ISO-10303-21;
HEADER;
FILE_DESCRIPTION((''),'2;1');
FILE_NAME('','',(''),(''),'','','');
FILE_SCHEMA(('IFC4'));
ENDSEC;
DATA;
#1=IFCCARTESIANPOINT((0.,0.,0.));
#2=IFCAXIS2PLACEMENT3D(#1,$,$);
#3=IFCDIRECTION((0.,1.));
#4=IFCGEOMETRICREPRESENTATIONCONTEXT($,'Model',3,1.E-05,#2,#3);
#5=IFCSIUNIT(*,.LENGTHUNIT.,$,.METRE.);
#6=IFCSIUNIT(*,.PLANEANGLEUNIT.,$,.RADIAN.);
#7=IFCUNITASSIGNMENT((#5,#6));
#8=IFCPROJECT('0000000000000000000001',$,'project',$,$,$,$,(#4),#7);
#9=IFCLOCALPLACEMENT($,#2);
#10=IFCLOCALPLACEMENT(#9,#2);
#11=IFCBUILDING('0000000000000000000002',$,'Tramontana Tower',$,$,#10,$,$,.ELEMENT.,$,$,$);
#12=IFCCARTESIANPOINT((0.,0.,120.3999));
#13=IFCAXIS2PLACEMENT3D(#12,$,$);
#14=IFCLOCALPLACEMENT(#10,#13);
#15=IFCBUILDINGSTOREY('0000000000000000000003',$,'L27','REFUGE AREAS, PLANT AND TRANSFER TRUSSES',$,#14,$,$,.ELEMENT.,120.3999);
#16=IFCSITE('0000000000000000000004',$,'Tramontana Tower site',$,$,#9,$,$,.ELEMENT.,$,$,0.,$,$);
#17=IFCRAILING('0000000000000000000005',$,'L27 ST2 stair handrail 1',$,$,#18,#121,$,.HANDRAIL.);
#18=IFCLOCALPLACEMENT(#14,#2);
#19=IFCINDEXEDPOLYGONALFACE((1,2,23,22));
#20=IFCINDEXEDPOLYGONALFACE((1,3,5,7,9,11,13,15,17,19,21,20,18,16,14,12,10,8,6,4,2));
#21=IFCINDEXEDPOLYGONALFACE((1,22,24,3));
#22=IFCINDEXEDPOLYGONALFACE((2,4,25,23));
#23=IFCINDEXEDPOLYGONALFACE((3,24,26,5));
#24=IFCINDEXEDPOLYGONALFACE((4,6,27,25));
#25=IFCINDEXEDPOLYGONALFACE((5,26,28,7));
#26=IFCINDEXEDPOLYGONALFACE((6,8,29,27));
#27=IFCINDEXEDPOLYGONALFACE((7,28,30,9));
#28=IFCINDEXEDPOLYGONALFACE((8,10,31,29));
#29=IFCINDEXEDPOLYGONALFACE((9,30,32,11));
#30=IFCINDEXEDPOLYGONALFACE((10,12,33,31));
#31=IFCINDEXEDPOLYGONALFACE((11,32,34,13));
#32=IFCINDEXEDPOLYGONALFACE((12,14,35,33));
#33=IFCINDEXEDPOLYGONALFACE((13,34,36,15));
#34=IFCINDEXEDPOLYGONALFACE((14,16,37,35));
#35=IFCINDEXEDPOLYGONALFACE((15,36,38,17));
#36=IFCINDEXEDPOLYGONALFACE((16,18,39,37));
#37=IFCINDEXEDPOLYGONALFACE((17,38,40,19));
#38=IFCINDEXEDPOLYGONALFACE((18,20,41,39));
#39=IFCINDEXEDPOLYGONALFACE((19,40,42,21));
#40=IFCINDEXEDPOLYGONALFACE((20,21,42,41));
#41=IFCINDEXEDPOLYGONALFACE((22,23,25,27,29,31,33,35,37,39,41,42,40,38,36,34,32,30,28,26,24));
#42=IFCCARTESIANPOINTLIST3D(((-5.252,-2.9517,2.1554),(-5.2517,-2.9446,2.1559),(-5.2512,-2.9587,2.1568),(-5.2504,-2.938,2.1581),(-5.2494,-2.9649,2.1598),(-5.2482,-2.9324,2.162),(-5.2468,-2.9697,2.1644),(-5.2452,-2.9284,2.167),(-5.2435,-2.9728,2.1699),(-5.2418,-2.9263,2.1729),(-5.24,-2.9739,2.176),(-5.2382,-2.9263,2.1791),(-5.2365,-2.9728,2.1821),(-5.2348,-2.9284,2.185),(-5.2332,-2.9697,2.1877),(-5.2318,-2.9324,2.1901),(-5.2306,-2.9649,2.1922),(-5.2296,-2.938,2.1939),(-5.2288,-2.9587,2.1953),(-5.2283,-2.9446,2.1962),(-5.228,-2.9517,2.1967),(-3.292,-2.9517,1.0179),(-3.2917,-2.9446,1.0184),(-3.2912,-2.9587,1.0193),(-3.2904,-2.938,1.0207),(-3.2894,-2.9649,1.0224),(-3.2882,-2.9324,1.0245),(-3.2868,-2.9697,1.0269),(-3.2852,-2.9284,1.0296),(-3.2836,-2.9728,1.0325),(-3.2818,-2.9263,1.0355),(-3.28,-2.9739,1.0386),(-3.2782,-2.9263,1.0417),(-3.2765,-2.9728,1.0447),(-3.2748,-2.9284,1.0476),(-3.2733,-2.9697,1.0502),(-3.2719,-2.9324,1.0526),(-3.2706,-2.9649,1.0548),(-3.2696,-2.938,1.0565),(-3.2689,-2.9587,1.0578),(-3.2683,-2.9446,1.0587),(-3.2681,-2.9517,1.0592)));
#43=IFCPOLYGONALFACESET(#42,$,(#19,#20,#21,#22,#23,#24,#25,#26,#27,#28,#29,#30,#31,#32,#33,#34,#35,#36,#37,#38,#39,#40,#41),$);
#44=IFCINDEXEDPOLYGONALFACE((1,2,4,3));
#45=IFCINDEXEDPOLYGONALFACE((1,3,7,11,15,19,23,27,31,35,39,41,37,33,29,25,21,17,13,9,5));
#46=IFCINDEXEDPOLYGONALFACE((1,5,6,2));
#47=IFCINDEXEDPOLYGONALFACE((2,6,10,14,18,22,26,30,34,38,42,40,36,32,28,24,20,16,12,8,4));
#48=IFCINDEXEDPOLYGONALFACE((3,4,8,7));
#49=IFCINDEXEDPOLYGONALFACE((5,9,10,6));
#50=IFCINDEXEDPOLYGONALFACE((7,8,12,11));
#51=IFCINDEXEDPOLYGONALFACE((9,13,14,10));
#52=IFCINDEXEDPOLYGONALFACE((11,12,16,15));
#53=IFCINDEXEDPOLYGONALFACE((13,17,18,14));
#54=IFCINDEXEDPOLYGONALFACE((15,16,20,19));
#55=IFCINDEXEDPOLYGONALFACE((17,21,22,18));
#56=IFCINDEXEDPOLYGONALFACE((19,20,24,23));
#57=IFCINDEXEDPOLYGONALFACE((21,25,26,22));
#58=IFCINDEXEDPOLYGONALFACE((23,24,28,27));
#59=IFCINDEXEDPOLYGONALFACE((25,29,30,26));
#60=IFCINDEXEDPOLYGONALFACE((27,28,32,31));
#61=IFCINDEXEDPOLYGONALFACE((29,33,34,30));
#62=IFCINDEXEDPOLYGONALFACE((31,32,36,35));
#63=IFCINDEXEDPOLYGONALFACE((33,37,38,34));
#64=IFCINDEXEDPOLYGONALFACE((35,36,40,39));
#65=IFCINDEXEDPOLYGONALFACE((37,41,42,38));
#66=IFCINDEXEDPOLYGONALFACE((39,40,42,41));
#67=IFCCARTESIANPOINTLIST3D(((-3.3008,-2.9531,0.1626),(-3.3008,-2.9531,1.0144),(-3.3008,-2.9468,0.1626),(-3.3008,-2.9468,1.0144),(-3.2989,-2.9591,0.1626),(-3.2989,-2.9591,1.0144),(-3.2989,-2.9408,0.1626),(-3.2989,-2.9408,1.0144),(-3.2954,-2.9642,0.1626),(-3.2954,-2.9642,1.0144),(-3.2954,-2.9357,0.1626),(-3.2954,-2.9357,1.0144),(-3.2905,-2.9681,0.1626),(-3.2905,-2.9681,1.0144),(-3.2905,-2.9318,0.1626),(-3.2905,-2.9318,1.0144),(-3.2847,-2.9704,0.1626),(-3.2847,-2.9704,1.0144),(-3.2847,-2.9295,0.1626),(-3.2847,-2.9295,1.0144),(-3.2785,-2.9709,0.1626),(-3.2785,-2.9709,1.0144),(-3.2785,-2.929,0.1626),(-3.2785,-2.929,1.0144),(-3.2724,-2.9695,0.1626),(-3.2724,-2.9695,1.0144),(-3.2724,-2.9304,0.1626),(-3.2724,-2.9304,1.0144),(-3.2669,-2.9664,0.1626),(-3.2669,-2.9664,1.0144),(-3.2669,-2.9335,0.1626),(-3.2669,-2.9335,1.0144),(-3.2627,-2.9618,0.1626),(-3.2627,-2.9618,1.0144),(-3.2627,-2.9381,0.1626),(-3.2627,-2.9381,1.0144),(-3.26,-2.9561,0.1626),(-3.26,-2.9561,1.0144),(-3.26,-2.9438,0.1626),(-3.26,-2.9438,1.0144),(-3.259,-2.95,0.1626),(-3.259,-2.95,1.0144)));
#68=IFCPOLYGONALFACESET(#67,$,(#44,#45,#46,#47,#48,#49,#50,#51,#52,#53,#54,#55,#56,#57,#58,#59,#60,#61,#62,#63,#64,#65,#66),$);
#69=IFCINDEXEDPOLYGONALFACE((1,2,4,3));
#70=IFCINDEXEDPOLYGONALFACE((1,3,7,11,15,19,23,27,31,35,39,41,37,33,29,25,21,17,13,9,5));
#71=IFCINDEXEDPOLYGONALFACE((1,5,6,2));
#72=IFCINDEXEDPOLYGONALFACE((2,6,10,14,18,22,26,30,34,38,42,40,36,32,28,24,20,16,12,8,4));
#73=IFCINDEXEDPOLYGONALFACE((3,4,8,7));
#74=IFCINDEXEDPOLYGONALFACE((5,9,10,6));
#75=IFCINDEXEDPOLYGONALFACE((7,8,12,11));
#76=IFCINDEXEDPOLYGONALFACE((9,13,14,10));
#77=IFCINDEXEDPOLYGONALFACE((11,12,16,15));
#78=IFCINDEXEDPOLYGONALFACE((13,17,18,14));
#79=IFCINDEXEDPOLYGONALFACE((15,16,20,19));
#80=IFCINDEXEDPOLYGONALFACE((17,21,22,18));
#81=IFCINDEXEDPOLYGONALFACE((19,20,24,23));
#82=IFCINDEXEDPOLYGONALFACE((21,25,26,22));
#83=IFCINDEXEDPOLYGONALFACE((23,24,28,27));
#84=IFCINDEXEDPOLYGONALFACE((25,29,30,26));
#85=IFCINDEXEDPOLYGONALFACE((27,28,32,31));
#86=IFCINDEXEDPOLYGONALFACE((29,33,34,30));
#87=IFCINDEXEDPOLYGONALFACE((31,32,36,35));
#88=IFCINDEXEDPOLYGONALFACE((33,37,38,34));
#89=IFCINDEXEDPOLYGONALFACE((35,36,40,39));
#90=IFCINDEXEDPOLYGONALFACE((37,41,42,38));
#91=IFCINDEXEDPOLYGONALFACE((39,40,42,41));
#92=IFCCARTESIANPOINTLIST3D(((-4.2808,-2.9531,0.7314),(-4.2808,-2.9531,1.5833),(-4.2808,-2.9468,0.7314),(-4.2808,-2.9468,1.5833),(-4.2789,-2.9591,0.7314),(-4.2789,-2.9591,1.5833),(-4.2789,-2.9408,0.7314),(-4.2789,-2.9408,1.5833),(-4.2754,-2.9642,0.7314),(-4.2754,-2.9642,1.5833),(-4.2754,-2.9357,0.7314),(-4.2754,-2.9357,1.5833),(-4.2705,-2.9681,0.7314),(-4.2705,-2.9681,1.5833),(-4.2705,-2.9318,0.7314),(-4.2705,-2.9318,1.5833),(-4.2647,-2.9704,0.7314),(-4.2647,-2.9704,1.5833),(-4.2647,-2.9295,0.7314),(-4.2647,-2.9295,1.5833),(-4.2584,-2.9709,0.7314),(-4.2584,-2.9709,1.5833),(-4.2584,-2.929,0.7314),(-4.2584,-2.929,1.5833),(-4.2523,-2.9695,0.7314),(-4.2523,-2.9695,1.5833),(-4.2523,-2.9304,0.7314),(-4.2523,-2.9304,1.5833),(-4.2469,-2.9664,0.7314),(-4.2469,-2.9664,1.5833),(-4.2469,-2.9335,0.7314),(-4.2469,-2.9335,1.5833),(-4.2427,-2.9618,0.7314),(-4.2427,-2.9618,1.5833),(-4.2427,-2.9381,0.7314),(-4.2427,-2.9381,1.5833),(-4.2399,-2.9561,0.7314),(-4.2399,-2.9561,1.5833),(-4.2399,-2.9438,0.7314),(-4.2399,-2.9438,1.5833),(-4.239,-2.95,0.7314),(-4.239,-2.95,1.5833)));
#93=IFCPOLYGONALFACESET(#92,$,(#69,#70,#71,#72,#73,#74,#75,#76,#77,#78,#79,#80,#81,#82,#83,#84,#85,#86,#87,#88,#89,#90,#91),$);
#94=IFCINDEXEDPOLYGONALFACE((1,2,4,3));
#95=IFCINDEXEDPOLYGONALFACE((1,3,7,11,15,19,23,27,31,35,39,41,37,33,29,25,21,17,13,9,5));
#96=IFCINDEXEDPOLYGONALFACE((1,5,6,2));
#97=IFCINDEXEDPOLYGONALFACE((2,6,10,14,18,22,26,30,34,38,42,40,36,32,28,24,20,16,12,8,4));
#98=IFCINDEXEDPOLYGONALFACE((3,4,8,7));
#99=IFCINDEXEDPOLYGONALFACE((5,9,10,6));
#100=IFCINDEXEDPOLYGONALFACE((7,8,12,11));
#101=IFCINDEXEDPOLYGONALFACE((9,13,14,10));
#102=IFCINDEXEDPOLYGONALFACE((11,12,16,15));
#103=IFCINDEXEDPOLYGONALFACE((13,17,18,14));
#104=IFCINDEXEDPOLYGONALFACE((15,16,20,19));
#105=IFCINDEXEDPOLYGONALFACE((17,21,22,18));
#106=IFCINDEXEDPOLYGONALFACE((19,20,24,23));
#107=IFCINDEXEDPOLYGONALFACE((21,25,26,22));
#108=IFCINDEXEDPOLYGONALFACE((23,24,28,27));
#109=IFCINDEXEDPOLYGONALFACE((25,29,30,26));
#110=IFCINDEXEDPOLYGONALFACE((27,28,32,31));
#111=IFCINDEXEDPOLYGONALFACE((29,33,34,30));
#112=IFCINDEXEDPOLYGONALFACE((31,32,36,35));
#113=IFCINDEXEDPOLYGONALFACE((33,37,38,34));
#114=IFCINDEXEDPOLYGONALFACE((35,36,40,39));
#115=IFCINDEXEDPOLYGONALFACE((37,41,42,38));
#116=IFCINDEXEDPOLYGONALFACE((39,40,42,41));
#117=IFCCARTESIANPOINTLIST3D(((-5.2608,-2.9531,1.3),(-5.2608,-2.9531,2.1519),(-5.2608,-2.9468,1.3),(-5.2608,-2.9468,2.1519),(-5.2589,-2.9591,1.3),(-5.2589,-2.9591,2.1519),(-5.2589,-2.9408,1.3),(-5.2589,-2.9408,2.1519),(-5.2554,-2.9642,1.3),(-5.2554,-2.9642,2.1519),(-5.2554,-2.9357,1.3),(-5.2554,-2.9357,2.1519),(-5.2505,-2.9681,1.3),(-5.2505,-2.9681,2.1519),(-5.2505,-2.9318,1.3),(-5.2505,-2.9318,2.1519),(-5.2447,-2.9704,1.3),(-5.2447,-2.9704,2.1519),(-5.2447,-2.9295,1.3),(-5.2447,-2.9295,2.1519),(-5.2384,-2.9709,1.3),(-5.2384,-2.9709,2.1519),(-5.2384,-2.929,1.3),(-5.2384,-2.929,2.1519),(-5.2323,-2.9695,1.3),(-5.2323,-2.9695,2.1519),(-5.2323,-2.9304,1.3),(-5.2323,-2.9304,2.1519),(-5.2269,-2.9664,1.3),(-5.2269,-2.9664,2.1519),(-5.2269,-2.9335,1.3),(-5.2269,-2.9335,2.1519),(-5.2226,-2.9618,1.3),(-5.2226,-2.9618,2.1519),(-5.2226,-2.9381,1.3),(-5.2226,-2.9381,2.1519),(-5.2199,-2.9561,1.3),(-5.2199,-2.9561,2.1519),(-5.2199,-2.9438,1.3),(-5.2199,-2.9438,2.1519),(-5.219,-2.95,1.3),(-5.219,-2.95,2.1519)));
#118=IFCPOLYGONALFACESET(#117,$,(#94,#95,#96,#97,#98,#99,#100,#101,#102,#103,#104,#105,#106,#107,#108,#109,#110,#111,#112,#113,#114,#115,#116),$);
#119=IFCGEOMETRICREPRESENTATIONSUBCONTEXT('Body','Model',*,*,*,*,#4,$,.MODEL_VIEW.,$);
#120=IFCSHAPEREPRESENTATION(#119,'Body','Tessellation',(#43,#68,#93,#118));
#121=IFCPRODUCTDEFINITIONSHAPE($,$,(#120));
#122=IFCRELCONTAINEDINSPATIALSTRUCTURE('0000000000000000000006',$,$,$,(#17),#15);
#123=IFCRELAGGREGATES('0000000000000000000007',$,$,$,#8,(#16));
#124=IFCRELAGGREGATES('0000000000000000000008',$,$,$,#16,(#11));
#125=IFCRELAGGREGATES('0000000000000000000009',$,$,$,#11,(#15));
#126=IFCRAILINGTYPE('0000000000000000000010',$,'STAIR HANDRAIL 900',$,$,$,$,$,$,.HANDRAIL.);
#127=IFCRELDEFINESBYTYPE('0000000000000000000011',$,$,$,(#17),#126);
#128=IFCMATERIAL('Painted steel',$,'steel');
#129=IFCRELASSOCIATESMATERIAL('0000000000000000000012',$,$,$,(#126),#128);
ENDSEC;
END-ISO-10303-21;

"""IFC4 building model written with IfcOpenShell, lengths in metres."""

from ifc_helpers import new_model, si_unit, direction, frame, origin, origin_2d, place, context, subcontext, project, spatial, circle, extrude, material, type_object, element, save


model = new_model("IFC4")

# Units and contexts
model_context = context("Model", 3, precision=1e-05, world=origin(), true_north=direction((0.0, 1.0)))
body_context = subcontext(model_context, "Body", "Model", "MODEL_VIEW")
ifc_project = project(units=[si_unit("LENGTHUNIT", "METRE"), si_unit("PLANEANGLEUNIT", "RADIAN")], contexts=[model_context])

# Site, building, storey
site_placement = place(None, origin())
site = spatial("IfcSite", under=ifc_project, at=site_placement, Name="Tramontana Tower site", CompositionType="ELEMENT", RefElevation=0.0)
building_placement = place(site_placement, origin())
building = spatial("IfcBuilding", under=site, at=building_placement, Name="Tramontana Tower", CompositionType="ELEMENT")
storey_placement = place(building_placement, frame((0.0, 0.0, 120.3999)))
storey = spatial("IfcBuildingStorey", under=building, at=storey_placement, Name="L27", Description="REFUGE AREAS, PLANT AND TRANSFER TRUSSES", CompositionType="ELEMENT", Elevation=120.3999)

# Railing
ifc_material_1 = material(Name="Painted steel", Category="steel")
railing_type_1 = type_object("IfcRailingType", Name="STAIR HANDRAIL 900", PredefinedType="HANDRAIL", material=ifc_material_1)
railing_1_placement = place(storey_placement, frame((-3.28, -2.95, 0.1626)))
element("IfcRailing", 1, at=railing_1_placement, inside=storey, type_object=railing_type_1, Name="L27 ST2 stair handrail 1", PredefinedType="HANDRAIL", context=body_context, shape_type="SweptSolid", body=[
    extrude(circle(Radius=0.0239, at=origin_2d()), frame((0.0, 0.0, 0.876), z_axis=(-0.864902, 0.0, 0.501941), x_axis=(0.0, -1.0, 0.0)), (0.0, 0.0, 1.0), 2.2661),
    extrude(circle(Radius=0.021, at=origin_2d()), origin(), (0.0, 0.0, 1.0), 0.8518),
    extrude(circle(Radius=0.021, at=origin_2d()), frame((-0.98, 0.0, 0.5688)), (0.0, 0.0, 1.0), 0.8518),
    extrude(circle(Radius=0.021, at=origin_2d()), frame((-1.96, 0.0, 1.1375)), (0.0, 0.0, 1.0), 0.8518),
])

save(model, "model.ifc")
